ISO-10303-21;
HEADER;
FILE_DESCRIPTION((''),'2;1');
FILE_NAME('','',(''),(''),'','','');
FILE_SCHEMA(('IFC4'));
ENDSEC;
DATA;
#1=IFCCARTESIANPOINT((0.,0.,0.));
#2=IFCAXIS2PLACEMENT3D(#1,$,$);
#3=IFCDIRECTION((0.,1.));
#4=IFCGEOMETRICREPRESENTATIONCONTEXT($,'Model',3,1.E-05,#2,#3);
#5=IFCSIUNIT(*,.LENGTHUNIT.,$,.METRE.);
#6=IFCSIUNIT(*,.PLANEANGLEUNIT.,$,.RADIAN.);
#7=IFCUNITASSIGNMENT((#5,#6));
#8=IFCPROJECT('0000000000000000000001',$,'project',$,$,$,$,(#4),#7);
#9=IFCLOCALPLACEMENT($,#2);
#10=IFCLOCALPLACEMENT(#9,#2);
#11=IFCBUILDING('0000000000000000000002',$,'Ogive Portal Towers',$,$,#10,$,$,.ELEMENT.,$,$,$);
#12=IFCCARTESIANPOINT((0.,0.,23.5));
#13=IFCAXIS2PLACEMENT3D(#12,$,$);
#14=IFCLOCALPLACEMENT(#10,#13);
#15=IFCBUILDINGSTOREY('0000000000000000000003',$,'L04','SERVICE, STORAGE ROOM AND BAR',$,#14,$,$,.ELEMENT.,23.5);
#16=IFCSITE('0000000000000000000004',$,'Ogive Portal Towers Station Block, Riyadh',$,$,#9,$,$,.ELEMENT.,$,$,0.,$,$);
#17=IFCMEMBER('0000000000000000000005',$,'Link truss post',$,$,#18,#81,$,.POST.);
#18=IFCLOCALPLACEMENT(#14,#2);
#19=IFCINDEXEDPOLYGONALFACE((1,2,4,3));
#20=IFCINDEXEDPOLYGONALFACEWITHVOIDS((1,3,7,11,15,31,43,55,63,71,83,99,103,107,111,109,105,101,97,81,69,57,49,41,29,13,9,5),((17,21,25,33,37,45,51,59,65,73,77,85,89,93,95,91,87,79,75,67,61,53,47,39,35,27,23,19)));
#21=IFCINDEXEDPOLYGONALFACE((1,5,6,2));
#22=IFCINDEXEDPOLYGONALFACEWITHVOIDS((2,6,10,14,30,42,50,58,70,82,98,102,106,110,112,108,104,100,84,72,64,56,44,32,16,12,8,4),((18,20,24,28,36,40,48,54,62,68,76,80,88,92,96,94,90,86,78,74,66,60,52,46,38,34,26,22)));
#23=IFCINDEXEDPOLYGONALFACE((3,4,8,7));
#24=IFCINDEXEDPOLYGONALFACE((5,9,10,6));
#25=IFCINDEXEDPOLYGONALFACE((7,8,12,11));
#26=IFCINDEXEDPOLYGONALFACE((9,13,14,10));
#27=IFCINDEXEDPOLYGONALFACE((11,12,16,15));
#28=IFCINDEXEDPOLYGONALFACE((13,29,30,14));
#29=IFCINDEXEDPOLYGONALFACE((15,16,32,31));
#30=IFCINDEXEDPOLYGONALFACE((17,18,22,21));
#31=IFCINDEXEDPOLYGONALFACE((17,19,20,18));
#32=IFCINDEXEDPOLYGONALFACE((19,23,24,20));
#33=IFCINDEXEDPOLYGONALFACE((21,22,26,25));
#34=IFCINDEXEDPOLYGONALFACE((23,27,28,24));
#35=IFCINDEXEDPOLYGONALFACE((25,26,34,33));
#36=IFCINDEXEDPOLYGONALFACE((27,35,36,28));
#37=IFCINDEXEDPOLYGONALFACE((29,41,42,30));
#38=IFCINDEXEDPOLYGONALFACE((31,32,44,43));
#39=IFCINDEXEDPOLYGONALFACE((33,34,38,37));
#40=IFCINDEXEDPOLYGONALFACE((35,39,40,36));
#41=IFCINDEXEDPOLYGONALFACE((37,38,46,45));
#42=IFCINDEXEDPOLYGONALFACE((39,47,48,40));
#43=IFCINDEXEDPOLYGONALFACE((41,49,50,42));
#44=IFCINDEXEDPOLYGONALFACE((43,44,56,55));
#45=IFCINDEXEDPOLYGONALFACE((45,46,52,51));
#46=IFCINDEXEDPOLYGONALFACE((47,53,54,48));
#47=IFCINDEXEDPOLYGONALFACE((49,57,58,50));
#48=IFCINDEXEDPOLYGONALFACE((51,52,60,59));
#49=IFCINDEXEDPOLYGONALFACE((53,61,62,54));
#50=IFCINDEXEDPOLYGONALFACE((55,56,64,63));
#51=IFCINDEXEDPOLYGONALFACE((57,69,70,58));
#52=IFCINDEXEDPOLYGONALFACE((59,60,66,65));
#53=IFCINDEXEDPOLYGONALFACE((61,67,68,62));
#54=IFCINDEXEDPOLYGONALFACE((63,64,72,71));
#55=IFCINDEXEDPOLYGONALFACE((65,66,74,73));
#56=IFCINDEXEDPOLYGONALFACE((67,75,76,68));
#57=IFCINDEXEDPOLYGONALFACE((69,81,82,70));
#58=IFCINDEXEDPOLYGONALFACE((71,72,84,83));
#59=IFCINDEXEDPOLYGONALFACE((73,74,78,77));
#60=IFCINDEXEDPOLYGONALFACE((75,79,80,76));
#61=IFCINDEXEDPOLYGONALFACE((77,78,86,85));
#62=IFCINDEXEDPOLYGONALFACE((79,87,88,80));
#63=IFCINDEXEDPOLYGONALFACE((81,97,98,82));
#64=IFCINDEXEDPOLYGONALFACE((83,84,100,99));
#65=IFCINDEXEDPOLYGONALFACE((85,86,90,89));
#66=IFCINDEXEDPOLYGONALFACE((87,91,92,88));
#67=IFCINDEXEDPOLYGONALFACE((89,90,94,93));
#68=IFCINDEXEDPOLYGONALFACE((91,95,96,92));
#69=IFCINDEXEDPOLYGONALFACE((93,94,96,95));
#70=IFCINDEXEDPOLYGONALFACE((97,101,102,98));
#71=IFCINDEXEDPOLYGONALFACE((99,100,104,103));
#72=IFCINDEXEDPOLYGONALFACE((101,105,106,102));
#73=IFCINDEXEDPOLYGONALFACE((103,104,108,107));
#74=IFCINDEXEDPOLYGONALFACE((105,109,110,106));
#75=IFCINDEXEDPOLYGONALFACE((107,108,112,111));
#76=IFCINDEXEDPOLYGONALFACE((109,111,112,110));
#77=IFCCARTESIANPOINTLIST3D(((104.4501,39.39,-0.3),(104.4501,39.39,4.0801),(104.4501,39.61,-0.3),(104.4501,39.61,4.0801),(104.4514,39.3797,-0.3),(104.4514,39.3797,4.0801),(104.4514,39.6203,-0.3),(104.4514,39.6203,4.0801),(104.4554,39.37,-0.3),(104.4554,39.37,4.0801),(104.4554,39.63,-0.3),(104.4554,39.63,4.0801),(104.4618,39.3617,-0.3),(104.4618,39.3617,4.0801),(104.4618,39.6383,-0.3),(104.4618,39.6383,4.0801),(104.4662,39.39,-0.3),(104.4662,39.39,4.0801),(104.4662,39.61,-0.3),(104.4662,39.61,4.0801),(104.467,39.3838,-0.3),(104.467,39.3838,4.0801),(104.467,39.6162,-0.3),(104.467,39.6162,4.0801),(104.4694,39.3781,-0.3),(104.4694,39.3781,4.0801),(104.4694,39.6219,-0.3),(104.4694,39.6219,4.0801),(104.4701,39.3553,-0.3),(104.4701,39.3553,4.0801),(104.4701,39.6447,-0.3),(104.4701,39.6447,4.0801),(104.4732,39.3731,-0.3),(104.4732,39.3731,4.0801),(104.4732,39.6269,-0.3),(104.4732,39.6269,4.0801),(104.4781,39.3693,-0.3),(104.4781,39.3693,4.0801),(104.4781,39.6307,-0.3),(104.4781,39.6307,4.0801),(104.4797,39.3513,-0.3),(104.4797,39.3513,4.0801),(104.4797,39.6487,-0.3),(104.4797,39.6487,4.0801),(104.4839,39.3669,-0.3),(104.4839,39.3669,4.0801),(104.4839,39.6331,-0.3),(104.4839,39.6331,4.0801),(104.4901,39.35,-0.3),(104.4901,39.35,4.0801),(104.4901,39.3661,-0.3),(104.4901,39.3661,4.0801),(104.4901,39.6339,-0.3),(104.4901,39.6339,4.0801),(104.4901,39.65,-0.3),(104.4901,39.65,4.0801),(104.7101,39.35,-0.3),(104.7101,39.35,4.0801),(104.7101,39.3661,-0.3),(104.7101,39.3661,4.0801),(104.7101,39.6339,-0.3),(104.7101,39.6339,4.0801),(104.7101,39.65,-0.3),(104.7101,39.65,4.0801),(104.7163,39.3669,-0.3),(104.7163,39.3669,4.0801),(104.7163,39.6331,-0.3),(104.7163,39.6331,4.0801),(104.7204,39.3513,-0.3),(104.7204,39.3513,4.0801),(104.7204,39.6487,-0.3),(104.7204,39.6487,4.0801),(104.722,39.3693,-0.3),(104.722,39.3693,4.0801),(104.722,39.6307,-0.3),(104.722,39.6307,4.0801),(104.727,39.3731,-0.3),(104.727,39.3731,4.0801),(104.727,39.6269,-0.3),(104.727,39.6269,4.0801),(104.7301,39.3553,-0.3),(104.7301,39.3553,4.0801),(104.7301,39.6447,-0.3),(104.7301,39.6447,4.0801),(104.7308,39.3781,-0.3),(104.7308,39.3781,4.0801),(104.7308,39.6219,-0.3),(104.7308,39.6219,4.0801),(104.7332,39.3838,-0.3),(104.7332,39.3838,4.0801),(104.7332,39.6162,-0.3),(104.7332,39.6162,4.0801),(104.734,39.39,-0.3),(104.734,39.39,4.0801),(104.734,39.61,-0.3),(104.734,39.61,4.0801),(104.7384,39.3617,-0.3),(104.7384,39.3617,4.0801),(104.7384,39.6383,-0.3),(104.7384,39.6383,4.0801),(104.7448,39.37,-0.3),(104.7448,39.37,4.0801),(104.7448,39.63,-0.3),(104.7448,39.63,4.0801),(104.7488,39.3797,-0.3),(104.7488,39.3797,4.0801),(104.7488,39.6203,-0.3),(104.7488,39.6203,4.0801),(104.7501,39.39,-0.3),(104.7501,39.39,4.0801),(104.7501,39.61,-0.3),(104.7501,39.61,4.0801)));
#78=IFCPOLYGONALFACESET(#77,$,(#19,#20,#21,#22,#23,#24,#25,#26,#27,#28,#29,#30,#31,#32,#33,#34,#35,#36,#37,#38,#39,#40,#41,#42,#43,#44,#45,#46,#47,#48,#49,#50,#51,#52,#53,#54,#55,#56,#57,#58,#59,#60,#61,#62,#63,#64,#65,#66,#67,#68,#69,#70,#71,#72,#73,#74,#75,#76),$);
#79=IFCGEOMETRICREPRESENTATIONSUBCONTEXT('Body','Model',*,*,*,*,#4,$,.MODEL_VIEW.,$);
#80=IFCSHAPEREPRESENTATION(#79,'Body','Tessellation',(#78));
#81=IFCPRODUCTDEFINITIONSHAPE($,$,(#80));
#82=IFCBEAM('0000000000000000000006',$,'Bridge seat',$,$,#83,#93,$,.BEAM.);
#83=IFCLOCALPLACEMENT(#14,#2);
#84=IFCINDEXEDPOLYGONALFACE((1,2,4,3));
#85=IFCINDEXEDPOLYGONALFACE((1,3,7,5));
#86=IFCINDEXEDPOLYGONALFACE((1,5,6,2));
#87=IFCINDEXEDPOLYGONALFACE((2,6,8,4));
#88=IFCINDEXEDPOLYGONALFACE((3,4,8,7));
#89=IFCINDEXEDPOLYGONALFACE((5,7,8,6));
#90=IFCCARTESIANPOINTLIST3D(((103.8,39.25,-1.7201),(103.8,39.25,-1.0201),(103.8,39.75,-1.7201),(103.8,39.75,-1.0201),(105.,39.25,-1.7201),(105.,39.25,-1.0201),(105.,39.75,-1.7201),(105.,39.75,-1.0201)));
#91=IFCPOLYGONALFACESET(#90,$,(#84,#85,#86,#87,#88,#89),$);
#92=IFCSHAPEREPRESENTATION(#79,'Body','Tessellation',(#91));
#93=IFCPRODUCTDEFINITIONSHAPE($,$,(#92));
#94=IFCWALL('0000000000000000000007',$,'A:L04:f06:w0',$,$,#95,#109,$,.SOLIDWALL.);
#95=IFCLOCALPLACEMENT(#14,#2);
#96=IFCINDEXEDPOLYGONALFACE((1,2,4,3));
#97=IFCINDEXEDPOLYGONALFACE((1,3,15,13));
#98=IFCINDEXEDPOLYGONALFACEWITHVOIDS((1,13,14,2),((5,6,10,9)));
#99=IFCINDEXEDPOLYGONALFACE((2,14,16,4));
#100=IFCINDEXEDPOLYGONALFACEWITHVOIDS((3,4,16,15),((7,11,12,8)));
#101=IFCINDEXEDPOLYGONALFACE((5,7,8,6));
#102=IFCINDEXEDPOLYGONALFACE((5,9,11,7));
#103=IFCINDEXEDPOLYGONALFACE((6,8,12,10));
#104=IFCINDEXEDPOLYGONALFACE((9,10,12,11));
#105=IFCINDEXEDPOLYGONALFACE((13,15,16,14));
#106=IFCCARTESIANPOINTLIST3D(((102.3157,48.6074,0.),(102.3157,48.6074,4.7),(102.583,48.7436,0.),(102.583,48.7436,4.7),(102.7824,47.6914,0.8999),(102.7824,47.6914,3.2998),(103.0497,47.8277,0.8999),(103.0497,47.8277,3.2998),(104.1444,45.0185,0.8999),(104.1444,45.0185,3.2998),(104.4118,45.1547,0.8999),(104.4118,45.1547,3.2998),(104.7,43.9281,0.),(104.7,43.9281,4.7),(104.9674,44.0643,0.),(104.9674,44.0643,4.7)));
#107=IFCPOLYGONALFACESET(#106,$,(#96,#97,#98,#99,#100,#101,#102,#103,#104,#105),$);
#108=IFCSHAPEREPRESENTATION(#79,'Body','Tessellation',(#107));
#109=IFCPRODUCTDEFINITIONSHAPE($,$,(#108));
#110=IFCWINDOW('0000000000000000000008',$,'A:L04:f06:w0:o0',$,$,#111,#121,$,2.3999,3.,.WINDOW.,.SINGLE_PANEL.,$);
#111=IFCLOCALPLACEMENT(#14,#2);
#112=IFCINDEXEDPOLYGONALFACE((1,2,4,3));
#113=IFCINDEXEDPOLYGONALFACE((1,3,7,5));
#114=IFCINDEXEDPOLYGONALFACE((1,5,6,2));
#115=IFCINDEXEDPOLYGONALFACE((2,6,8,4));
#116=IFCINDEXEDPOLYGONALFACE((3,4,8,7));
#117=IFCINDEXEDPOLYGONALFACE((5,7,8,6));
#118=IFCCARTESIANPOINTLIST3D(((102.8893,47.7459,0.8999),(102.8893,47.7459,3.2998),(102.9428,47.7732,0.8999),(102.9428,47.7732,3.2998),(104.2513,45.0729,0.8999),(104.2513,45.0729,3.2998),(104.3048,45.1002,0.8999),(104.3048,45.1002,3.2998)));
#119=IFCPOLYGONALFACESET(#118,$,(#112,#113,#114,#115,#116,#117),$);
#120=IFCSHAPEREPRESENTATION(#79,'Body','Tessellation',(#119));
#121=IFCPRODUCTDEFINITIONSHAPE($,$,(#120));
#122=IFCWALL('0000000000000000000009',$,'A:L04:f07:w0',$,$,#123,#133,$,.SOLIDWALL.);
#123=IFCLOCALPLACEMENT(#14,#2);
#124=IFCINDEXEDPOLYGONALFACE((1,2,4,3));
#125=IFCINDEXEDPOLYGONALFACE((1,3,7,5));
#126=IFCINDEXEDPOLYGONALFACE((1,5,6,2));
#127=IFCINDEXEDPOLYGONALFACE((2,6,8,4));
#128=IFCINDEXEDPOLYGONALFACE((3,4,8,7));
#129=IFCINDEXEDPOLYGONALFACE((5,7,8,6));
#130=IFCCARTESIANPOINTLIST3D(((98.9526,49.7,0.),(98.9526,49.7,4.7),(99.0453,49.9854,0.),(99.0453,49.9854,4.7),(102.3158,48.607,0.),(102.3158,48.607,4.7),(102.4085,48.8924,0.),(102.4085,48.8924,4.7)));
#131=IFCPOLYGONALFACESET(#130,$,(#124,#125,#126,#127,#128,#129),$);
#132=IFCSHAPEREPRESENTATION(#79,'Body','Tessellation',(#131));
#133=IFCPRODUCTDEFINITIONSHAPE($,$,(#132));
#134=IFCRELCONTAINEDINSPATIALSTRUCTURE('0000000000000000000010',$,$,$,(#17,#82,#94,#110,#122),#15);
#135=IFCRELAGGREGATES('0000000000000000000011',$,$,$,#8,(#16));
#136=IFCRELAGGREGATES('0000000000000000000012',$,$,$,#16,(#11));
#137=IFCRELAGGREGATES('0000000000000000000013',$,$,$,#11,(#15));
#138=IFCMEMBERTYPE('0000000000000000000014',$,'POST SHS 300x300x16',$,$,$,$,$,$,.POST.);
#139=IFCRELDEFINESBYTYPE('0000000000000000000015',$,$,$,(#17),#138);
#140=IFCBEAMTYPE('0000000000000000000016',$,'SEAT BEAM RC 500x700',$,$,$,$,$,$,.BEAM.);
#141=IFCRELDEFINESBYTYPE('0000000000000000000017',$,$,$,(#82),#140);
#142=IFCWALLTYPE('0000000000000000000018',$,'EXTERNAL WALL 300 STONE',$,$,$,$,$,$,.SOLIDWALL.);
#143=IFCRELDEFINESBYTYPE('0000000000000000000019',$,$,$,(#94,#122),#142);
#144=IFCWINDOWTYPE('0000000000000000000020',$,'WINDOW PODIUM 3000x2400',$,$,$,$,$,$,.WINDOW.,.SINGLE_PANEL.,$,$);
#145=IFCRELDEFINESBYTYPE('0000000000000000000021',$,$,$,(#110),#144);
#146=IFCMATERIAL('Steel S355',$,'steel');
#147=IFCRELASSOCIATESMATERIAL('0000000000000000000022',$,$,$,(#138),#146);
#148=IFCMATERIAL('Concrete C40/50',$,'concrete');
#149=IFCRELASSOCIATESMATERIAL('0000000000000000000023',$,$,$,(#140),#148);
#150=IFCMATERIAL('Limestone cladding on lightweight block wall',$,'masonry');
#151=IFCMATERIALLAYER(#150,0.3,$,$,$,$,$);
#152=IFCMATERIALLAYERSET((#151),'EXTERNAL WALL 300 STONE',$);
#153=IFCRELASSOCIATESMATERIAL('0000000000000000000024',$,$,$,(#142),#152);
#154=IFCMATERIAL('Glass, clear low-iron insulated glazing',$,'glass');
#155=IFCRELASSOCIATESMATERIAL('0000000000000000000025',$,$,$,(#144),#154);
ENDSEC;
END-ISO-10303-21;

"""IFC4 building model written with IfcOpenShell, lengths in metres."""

from ifc_helpers import new_model, si_unit, direction, frame, frame_2d, origin, origin_2d, place, context, subcontext, project, spatial, rectangle, hollow_rectangle, extrude, material, layer, layer_set, material_profile, profile_set, type_object, element, fill, save


model = new_model("IFC4")

# Units and contexts
model_context = context("Model", 3, precision=1e-05, world=origin(), true_north=direction((0.0, 1.0)))
body_context = subcontext(model_context, "Body", "Model", "MODEL_VIEW")
ifc_project = project(units=[si_unit("LENGTHUNIT", "METRE"), si_unit("PLANEANGLEUNIT", "RADIAN")], contexts=[model_context])

# Site, building, storey
site_placement = place(None, origin())
site = spatial("IfcSite", under=ifc_project, at=site_placement, Name="Ogive Portal Towers Station Block, Riyadh", CompositionType="ELEMENT", RefElevation=0.0)
building_placement = place(site_placement, origin())
building = spatial("IfcBuilding", under=site, at=building_placement, Name="Ogive Portal Towers", CompositionType="ELEMENT")
storey_placement = place(building_placement, frame((0.0, 0.0, 23.5)))
storey = spatial("IfcBuildingStorey", under=building, at=storey_placement, Name="L04", Description="SERVICE, STORAGE ROOM AND BAR", CompositionType="ELEMENT", Elevation=23.5)

# Shared definitions
ifc_material_1 = material(Name="Steel S355", Category="steel")

# Member
ifc_material_profile_1 = material_profile(ifc_material_1, hollow_rectangle(XDim=0.3, YDim=0.3, WallThickness=0.0161, InnerFilletRadius=0.0239, OuterFilletRadius=0.04, at=origin_2d()), Name="SHS 300x300x16")
ifc_profile_set_1 = profile_set([ifc_material_profile_1], Name="Steel S355")
member_type_1 = type_object("IfcMemberType", Name="POST SHS 300x300x16", PredefinedType="POST", material=ifc_profile_set_1)
member_1_placement = place(storey_placement, frame((104.6001, 39.5, -0.3), z_axis=(0.0, 0.0, 1.0), x_axis=(1.0, 0.0, 0.0)))
element("IfcMember", 1, at=member_1_placement, inside=storey, type_object=member_type_1, Name="Link truss post", PredefinedType="POST", context=body_context, shape_type="SweptSolid", body=[
    extrude(hollow_rectangle(XDim=0.3, YDim=0.3, WallThickness=0.0161, InnerFilletRadius=0.0239, OuterFilletRadius=0.04, at=origin_2d()), origin(), (0.0, 0.0, 1.0), 4.3801),
])

# Beam
ifc_material_2 = material(Name="Concrete C40/50", Category="concrete")
ifc_material_profile_2 = material_profile(ifc_material_2, rectangle(XDim=0.5, YDim=0.7, at=origin_2d()), Name="RC 500x700")
ifc_profile_set_2 = profile_set([ifc_material_profile_2], Name="Concrete C40/50")
beam_type_1 = type_object("IfcBeamType", Name="SEAT BEAM RC 500x700", PredefinedType="BEAM", material=ifc_profile_set_2)
beam_placement = place(storey_placement, frame((103.8, 39.5, -1.3701), z_axis=(1.0, 0.0, 0.0), x_axis=(0.0, 1.0, 0.0)))
element("IfcBeam", 2, at=beam_placement, inside=storey, type_object=beam_type_1, Name="Bridge seat", PredefinedType="BEAM", context=body_context, shape_type="SweptSolid", body=[
    extrude(rectangle(XDim=0.5, YDim=0.7, at=origin_2d()), origin(), (0.0, 0.0, 1.0), 1.2),
])

# Wall, opening, window
ifc_material_3 = material(Name="Limestone cladding on lightweight block wall", Category="masonry")
ifc_layer_1 = layer(ifc_material_3, 0.3)
ifc_layer_set_1 = layer_set([ifc_layer_1], Name="EXTERNAL WALL 300 STONE")
wall_type_1 = type_object("IfcWallType", Name="EXTERNAL WALL 300 STONE", PredefinedType="SOLIDWALL", material=ifc_layer_set_1)
wall_1_placement = place(storey_placement, frame((104.8337, 43.9961, 0.0), z_axis=(0.0, 0.0, 1.0), x_axis=(-0.454007, 0.890998, 0.0)))
wall_1 = element("IfcWall", 3, at=wall_1_placement, inside=storey, type_object=wall_type_1, Name="A:L04:f06:w0", PredefinedType="SOLIDWALL", context=body_context, shape_type="SweptSolid", body=[
    extrude(rectangle(XDim=5.2517, YDim=0.3, at=frame_2d((2.626, 0.0))), origin(), (0.0, 0.0, 1.0), 4.7),
])
opening_1_placement = place(wall_1_placement, frame((1.2239, 0.0, 0.8999)))
opening_1 = element("IfcOpeningElement", 4, at=opening_1_placement, cuts=wall_1, PredefinedType="OPENING", context=body_context, shape_type="SweptSolid", body=[
    extrude(rectangle(XDim=3.0, YDim=2.3999, at=frame_2d((1.5, 1.2))), frame((0.0, 0.1602, 0.0), z_axis=(0.0, -1.0, 0.0), x_axis=(1.0, 0.0, 0.0)), (0.0, 0.0, 1.0), 0.3201),
])
ifc_material_4 = material(Name="Glass, clear low-iron insulated glazing", Category="glass")
window_type = type_object("IfcWindowType", Name="WINDOW PODIUM 3000x2400", PartitioningType="SINGLE_PANEL", PredefinedType="WINDOW", material=ifc_material_4)
window_1_placement = place(opening_1_placement, origin())
window_1 = element("IfcWindow", 5, at=window_1_placement, inside=storey, type_object=window_type, Name="A:L04:f06:w0:o0", OverallHeight=2.3999, OverallWidth=3.0, PartitioningType="SINGLE_PANEL", PredefinedType="WINDOW", context=body_context, shape_type="SweptSolid", body=[
    extrude(rectangle(XDim=3.0, YDim=2.3999, at=frame_2d((1.5, 1.2))), frame((0.0, 0.03, 0.0), z_axis=(0.0, -1.0, 0.0), x_axis=(1.0, 0.0, 0.0)), (0.0, 0.0, 1.0), 0.0601),
])
fill(opening_1, window_1)

# Wall
wall_2_placement = place(storey_placement, frame((102.3621, 48.7498, 0.0), z_axis=(0.0, 0.0, 1.0), x_axis=(-0.951038, 0.309074, 0.0)))
element("IfcWall", 6, at=wall_2_placement, inside=storey, type_object=wall_type_1, Name="A:L04:f07:w0", PredefinedType="SOLIDWALL", context=body_context, shape_type="SweptSolid", body=[
    extrude(rectangle(XDim=3.5364, YDim=0.3, at=frame_2d((1.7681, 0.0))), origin(), (0.0, 0.0, 1.0), 4.7),
])

save(model, "model.ifc")
